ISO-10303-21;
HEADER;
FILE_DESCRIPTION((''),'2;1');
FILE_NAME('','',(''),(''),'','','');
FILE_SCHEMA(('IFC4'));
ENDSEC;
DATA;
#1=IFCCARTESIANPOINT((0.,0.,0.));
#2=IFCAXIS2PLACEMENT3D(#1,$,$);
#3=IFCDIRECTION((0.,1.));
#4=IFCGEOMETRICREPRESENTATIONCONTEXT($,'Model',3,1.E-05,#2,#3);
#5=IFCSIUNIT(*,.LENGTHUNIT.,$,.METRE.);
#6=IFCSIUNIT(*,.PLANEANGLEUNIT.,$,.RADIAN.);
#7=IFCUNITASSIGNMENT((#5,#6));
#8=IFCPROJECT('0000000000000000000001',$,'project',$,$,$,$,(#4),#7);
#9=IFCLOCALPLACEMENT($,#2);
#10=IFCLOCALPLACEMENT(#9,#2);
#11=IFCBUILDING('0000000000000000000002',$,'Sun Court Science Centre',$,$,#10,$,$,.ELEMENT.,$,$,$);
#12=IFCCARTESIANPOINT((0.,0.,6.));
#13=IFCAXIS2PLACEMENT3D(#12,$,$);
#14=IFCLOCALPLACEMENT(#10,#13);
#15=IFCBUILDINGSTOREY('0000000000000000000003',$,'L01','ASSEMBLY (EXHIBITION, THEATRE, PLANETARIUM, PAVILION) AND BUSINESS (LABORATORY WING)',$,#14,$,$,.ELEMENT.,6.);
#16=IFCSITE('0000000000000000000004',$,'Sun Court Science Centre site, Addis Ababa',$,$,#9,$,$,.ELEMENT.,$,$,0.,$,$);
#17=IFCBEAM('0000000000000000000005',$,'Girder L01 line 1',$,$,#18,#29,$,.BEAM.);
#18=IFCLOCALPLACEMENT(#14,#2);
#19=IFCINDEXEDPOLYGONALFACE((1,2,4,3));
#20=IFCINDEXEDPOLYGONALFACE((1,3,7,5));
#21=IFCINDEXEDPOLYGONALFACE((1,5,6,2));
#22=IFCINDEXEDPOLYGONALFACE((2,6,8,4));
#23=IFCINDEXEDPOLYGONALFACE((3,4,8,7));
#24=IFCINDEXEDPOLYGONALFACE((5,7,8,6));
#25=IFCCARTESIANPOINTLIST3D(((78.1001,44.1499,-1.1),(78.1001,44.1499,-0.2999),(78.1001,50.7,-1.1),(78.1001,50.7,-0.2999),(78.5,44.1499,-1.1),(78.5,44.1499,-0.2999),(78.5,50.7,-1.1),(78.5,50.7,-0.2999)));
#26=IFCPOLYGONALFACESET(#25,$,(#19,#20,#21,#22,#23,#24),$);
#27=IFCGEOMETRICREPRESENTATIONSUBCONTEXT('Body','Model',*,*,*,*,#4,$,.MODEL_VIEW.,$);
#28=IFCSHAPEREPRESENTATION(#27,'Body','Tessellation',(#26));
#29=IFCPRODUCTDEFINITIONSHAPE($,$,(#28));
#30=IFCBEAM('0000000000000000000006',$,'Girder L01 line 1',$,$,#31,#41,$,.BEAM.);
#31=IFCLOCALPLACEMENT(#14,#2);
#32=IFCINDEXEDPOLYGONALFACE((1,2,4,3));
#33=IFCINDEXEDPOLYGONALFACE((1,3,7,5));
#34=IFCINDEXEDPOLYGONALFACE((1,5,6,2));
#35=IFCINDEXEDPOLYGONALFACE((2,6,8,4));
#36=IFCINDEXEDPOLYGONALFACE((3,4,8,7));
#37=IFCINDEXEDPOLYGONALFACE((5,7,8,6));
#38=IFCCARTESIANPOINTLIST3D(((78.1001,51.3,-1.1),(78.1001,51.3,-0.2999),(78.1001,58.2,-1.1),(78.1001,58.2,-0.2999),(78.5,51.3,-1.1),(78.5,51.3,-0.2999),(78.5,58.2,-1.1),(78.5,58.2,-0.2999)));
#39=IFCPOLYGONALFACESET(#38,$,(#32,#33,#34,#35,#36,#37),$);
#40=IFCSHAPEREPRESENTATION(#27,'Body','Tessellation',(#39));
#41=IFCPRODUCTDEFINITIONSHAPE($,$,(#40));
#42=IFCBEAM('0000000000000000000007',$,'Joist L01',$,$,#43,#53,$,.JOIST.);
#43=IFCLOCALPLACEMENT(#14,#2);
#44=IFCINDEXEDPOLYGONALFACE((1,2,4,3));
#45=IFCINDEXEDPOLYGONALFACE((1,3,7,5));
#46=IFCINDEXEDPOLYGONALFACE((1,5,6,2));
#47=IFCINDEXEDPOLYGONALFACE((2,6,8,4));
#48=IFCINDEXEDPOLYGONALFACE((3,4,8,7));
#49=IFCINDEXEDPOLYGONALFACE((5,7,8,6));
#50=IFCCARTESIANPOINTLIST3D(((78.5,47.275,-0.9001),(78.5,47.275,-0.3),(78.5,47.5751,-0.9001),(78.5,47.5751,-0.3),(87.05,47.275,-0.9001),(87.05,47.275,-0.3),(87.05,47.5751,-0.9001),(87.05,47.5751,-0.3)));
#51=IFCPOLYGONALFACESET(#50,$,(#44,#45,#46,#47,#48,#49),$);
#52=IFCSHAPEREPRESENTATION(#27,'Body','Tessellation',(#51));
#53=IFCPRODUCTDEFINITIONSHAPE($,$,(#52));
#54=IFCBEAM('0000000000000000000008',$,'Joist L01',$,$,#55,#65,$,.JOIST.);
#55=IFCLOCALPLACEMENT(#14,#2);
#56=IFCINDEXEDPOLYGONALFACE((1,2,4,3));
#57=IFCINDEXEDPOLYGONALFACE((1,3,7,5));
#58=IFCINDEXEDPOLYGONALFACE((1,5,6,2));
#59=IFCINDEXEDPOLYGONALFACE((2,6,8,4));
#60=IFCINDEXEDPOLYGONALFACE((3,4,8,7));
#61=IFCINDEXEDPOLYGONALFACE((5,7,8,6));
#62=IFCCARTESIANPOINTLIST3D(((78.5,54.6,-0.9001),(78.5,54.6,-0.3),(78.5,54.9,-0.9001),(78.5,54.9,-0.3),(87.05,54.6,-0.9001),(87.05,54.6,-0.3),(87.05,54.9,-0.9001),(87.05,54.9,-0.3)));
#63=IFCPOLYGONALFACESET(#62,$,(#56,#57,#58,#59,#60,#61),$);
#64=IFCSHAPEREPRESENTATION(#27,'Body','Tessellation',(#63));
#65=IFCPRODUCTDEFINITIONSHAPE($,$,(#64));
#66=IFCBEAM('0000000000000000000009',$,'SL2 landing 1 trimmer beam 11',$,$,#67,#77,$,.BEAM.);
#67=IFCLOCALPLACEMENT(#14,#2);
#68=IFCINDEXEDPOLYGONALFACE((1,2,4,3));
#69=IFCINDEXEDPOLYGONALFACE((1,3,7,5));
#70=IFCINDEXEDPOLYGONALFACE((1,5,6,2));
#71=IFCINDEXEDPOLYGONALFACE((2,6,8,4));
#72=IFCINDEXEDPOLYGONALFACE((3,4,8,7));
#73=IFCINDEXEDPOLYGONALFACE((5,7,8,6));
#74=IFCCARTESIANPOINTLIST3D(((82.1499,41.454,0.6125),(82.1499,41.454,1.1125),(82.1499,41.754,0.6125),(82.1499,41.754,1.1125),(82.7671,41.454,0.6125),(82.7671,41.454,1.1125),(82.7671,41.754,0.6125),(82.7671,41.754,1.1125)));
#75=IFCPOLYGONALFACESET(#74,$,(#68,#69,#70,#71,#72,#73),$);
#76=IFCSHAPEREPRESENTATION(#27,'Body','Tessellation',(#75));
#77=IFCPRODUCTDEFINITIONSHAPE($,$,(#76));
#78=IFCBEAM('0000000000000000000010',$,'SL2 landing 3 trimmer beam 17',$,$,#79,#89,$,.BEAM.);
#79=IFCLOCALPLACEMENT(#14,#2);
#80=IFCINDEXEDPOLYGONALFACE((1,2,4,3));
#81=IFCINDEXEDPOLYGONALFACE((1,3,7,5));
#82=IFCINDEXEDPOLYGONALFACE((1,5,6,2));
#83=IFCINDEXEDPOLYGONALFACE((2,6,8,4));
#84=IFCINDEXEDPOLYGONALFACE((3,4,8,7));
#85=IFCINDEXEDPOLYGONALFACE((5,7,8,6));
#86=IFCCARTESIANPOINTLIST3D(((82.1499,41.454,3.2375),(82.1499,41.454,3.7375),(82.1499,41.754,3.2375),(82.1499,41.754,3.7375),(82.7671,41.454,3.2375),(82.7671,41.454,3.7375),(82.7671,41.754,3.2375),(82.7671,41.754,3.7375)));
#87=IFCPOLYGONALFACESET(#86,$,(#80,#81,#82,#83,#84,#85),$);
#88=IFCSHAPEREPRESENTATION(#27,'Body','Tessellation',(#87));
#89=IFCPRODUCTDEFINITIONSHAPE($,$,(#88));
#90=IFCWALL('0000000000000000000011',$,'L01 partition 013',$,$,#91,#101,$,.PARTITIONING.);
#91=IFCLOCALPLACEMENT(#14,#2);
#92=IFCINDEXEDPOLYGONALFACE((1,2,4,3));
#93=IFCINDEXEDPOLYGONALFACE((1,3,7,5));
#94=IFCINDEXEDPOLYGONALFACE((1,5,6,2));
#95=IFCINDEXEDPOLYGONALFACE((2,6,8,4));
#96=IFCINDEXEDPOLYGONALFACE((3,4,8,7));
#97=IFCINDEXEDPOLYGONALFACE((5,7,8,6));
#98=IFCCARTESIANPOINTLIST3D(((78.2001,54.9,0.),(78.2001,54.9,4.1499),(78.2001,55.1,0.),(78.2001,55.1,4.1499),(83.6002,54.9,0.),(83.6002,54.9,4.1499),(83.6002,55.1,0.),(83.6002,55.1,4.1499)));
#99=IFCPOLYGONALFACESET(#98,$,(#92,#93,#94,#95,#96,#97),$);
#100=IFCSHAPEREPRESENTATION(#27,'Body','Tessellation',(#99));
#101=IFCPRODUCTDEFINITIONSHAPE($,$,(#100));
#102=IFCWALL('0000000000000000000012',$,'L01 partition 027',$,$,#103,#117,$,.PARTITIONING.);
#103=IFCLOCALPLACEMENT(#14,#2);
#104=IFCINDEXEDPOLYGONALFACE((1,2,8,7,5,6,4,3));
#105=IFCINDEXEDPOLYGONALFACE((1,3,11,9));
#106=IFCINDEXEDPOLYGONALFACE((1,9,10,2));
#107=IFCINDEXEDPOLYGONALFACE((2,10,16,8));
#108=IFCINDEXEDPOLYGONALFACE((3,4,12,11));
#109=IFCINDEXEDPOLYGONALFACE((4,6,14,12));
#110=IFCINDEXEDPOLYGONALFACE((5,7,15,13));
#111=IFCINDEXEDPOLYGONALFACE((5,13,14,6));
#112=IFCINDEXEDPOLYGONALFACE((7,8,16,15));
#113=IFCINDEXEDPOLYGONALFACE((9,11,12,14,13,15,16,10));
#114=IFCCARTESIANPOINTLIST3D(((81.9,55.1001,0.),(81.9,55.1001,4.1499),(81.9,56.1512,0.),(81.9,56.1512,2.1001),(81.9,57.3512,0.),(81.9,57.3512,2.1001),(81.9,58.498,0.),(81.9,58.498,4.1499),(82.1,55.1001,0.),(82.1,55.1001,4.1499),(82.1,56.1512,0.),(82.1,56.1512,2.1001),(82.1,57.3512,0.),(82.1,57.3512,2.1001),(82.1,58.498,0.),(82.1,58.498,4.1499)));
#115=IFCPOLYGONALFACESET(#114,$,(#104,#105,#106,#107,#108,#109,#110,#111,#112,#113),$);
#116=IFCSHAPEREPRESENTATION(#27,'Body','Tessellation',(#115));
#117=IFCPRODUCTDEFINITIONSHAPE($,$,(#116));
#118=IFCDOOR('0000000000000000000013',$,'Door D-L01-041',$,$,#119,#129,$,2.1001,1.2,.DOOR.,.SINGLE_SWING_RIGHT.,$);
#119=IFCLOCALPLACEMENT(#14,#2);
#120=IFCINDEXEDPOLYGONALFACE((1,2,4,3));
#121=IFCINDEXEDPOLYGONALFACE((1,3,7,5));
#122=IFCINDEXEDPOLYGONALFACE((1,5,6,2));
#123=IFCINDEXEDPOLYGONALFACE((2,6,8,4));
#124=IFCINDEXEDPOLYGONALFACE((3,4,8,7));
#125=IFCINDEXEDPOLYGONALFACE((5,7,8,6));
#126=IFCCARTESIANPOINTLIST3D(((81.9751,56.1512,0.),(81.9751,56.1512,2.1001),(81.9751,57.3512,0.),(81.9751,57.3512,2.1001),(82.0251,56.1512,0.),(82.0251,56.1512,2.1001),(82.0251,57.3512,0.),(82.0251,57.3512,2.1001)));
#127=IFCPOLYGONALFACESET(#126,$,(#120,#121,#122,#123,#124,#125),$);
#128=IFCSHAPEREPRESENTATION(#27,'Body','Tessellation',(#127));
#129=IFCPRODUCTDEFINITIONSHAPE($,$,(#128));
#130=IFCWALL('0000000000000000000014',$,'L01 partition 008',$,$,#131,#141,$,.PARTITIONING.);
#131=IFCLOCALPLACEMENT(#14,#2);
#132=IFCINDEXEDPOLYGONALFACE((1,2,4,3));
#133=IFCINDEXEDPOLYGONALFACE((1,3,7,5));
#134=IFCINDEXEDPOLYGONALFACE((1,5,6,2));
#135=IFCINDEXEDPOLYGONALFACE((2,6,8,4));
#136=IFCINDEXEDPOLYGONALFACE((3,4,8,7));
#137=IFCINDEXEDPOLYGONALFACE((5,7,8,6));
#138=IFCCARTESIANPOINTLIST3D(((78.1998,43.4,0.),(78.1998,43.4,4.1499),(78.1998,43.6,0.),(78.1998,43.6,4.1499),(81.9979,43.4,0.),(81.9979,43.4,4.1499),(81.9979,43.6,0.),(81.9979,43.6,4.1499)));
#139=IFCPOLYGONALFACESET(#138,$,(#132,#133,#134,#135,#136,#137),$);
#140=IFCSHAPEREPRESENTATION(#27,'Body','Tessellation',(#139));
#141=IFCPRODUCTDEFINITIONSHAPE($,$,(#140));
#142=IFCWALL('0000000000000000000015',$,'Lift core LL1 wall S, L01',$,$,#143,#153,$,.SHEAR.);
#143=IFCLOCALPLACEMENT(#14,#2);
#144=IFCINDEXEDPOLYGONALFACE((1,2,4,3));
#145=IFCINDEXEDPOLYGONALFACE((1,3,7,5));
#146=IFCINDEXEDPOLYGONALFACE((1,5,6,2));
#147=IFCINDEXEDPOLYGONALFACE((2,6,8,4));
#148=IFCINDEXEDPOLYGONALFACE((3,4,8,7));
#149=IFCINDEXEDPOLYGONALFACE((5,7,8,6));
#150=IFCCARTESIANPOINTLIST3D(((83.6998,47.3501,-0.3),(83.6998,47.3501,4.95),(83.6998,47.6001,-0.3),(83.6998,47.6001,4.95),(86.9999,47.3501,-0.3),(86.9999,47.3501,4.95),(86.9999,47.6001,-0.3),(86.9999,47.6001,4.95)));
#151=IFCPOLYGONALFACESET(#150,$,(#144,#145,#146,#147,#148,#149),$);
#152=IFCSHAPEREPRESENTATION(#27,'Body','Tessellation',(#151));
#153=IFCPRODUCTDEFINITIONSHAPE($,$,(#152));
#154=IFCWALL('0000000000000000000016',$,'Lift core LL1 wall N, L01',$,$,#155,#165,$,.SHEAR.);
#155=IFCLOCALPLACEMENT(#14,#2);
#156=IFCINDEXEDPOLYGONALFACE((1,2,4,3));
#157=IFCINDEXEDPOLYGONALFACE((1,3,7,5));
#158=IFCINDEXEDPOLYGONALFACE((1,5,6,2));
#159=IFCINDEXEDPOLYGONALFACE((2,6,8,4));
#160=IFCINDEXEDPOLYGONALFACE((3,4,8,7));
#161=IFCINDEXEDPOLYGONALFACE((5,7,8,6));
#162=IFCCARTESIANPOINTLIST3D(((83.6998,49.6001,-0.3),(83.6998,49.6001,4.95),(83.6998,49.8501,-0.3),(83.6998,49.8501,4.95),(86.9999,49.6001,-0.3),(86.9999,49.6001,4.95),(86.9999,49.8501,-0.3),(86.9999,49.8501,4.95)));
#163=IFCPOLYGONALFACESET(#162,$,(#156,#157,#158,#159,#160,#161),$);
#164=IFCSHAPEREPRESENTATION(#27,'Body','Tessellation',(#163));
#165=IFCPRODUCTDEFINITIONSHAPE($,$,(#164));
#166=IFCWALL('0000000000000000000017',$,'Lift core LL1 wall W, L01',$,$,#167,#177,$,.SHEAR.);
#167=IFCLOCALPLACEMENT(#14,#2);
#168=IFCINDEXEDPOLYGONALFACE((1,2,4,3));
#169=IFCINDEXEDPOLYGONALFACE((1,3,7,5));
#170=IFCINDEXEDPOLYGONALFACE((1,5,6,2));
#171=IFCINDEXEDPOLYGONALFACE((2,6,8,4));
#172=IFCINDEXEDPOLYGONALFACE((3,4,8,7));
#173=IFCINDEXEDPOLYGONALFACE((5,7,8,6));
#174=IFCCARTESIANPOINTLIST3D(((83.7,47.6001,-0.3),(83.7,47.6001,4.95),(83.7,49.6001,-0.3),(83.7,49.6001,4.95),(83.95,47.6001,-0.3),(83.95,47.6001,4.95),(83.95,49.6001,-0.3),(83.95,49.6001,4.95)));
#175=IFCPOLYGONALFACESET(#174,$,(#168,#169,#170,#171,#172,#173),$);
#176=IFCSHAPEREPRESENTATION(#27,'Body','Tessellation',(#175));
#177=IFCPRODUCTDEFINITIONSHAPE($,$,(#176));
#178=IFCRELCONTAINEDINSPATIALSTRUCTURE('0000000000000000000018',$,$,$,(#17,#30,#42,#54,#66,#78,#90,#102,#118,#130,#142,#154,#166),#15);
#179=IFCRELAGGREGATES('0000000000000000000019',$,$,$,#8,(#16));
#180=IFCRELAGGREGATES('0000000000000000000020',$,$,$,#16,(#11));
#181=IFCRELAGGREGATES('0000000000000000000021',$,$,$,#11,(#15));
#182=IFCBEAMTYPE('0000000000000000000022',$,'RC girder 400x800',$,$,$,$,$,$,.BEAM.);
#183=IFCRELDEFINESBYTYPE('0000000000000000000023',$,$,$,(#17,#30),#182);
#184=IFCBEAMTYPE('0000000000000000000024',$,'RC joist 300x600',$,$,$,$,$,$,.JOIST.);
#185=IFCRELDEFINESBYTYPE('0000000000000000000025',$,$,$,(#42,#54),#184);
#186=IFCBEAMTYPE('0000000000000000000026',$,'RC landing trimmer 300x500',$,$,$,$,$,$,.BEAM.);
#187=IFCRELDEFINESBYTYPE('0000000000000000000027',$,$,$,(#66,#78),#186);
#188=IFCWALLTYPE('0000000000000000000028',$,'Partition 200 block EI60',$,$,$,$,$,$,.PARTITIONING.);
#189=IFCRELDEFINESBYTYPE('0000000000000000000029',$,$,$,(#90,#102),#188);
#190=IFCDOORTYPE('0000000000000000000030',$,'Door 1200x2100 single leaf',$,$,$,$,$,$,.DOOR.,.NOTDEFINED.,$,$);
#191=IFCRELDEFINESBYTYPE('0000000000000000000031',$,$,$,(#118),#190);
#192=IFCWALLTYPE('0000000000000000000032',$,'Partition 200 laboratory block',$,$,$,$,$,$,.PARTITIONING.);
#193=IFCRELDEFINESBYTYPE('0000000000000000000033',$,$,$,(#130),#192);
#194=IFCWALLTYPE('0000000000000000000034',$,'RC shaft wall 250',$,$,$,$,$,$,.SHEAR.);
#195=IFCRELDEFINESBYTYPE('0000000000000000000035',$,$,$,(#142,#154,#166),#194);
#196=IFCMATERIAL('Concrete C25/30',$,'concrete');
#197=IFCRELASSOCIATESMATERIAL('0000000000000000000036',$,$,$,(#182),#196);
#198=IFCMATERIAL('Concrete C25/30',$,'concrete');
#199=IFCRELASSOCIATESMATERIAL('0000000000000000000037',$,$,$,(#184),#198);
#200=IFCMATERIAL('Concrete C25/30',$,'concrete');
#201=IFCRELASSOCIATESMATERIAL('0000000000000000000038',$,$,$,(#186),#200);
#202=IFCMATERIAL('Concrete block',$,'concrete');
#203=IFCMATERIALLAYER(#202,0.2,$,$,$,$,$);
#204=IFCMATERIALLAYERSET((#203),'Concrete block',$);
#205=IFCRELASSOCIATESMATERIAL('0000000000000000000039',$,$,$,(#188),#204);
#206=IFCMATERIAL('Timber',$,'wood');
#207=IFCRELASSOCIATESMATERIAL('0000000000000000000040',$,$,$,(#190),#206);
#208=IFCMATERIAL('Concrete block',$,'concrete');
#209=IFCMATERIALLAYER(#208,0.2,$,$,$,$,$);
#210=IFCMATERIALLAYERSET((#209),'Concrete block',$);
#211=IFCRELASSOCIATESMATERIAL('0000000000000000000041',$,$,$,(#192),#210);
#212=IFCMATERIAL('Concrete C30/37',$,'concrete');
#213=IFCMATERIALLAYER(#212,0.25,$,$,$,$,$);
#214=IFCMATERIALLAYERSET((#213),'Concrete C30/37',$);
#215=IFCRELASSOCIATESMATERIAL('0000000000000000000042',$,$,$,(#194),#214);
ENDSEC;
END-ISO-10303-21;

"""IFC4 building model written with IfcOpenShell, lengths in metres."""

from ifc_helpers import new_model, si_unit, direction, frame, frame_2d, origin, origin_2d, place, context, subcontext, project, spatial, rectangle, extrude, material, layer, layer_set, material_profile, profile_set, type_object, element, fill, save


model = new_model("IFC4")

# Units and contexts
model_context = context("Model", 3, precision=1e-05, world=origin(), true_north=direction((0.0, 1.0)))
body_context = subcontext(model_context, "Body", "Model", "MODEL_VIEW")
ifc_project = project(units=[si_unit("LENGTHUNIT", "METRE"), si_unit("PLANEANGLEUNIT", "RADIAN")], contexts=[model_context])

# Site, building, storey
site_placement = place(None, origin())
site = spatial("IfcSite", under=ifc_project, at=site_placement, Name="Sun Court Science Centre site, Addis Ababa", CompositionType="ELEMENT", RefElevation=0.0)
building_placement = place(site_placement, origin())
building = spatial("IfcBuilding", under=site, at=building_placement, Name="Sun Court Science Centre", CompositionType="ELEMENT")
storey_placement = place(building_placement, frame((0.0, 0.0, 6.0)))
storey = spatial("IfcBuildingStorey", under=building, at=storey_placement, Name="L01", Description="ASSEMBLY (EXHIBITION, THEATRE, PLANETARIUM, PAVILION) AND BUSINESS (LABORATORY WING)", CompositionType="ELEMENT", Elevation=6.0)

# Beams
ifc_material_1 = material(Name="Concrete C25/30", Category="concrete")
ifc_material_profile_1 = material_profile(ifc_material_1, rectangle(XDim=0.3999, YDim=0.8, at=origin_2d()), Name="RC 400x800")
ifc_profile_set_1 = profile_set([ifc_material_profile_1], Name="Concrete C25/30")
beam_type_1 = type_object("IfcBeamType", Name="RC girder 400x800", PredefinedType="BEAM", material=ifc_profile_set_1)
beam_1_placement = place(storey_placement, frame((78.3, 44.1499, -0.7), z_axis=(0.0, 1.0, 0.0), x_axis=(-1.0, 0.0, 0.0)))
element("IfcBeam", 1, at=beam_1_placement, inside=storey, type_object=beam_type_1, Name="Girder L01 line 1", PredefinedType="BEAM", context=body_context, shape_type="SweptSolid", body=[
    extrude(rectangle(XDim=0.3999, YDim=0.8, at=origin_2d()), origin(), (0.0, 0.0, 1.0), 6.55),
])
beam_2_placement = place(storey_placement, frame((78.3, 51.3, -0.7), z_axis=(0.0, 1.0, 0.0), x_axis=(-1.0, 0.0, 0.0)))
element("IfcBeam", 2, at=beam_2_placement, inside=storey, type_object=beam_type_1, Name="Girder L01 line 1", PredefinedType="BEAM", context=body_context, shape_type="SweptSolid", body=[
    extrude(rectangle(XDim=0.3999, YDim=0.8, at=origin_2d()), origin(), (0.0, 0.0, 1.0), 6.8999),
])
ifc_material_2 = material(Name="Concrete C25/30", Category="concrete")
ifc_material_profile_2 = material_profile(ifc_material_2, rectangle(XDim=0.3, YDim=0.6001, at=origin_2d()), Name="RC 300x600")
ifc_profile_set_2 = profile_set([ifc_material_profile_2], Name="Concrete C25/30")
beam_type_2 = type_object("IfcBeamType", Name="RC joist 300x600", PredefinedType="JOIST", material=ifc_profile_set_2)
for number, where, z_axis, x_axis, name in (
    (3, (78.5, 47.425, -0.6001), (1.0, 0.0, 0.0), (0.0, 1.0, 0.0), "Joist L01"),
    (4, (78.5, 54.75, -0.6001), (1.0, 0.0, 0.0), (0.0, 1.0, 0.0), "Joist L01"),
):
    element("IfcBeam", number, at=place(storey_placement, frame(where, z_axis=z_axis, x_axis=x_axis)), inside=storey, type_object=beam_type_2, Name=name, PredefinedType="JOIST", context=body_context, shape_type="SweptSolid", body=[
        extrude(rectangle(XDim=0.3, YDim=0.6001, at=origin_2d()), origin(), (0.0, 0.0, 1.0), 8.55),
    ])
ifc_material_3 = material(Name="Concrete C25/30", Category="concrete")
ifc_material_profile_3 = material_profile(ifc_material_3, rectangle(XDim=0.3, YDim=0.5, at=origin_2d()), Name="RC 300x500")
ifc_profile_set_3 = profile_set([ifc_material_profile_3], Name="Concrete C25/30")
beam_type_3 = type_object("IfcBeamType", Name="RC landing trimmer 300x500", PredefinedType="BEAM", material=ifc_profile_set_3)
for number, where, z_axis, x_axis, name in (
    (5, (82.1499, 41.604, 0.8625), (1.0, 0.0, 0.0), (0.0, 1.0, 0.0), "SL2 landing 1 trimmer beam 11"),
    (6, (82.1499, 41.604, 3.4875), (1.0, 0.0, 0.0), (0.0, 1.0, 0.0), "SL2 landing 3 trimmer beam 17"),
):
    element("IfcBeam", number, at=place(storey_placement, frame(where, z_axis=z_axis, x_axis=x_axis)), inside=storey, type_object=beam_type_3, Name=name, PredefinedType="BEAM", context=body_context, shape_type="SweptSolid", body=[
        extrude(rectangle(XDim=0.3, YDim=0.5, at=origin_2d()), origin(), (0.0, 0.0, 1.0), 0.6172),
    ])

# Wall
ifc_material_4 = material(Name="Concrete block", Category="concrete")
ifc_layer_1 = layer(ifc_material_4, 0.2)
ifc_layer_set_1 = layer_set([ifc_layer_1], Name="Concrete block")
wall_type_1 = type_object("IfcWallType", Name="Partition 200 block EI60", PredefinedType="PARTITIONING", material=ifc_layer_set_1)
wall_1_placement = place(storey_placement, frame((78.2, 55.0, 0.0), z_axis=(0.0, 0.0, 1.0), x_axis=(1.0, 0.0, 0.0)))
element("IfcWall", 7, at=wall_1_placement, inside=storey, type_object=wall_type_1, Name="L01 partition 013", PredefinedType="PARTITIONING", context=body_context, shape_type="SweptSolid", body=[
    extrude(rectangle(XDim=5.4001, YDim=0.2, at=frame_2d((2.7002, 0.0))), origin(), (0.0, 0.0, 1.0), 4.1499),
])

# Wall, opening, door
wall_2_placement = place(storey_placement, frame((82.0, 55.1001, 0.0), z_axis=(0.0, 0.0, 1.0), x_axis=(0.0, 1.0, 0.0)))
wall_2 = element("IfcWall", 8, at=wall_2_placement, inside=storey, type_object=wall_type_1, Name="L01 partition 027", PredefinedType="PARTITIONING", context=body_context, shape_type="SweptSolid", body=[
    extrude(rectangle(XDim=3.3979, YDim=0.2, at=frame_2d((1.699, 0.0))), origin(), (0.0, 0.0, 1.0), 4.1499),
])
opening_placement = place(wall_2_placement, frame((1.051, 0.0, 0.0)))
opening = element("IfcOpeningElement", 9, at=opening_placement, cuts=wall_2, PredefinedType="OPENING", context=body_context, shape_type="SweptSolid", body=[
    extrude(rectangle(XDim=1.2, YDim=2.1001, at=frame_2d((0.6001, 1.05))), frame((0.0, 0.1099, 0.0), z_axis=(0.0, -1.0, 0.0), x_axis=(1.0, 0.0, 0.0)), (0.0, 0.0, 1.0), 0.22),
])
ifc_material_5 = material(Name="Timber", Category="wood")
door_type = type_object("IfcDoorType", Name="Door 1200x2100 single leaf", OperationType="NOTDEFINED", PredefinedType="DOOR", material=ifc_material_5)
door_placement = place(opening_placement, origin())
door = element("IfcDoor", 10, at=door_placement, inside=storey, type_object=door_type, Name="Door D-L01-041", OperationType="SINGLE_SWING_RIGHT", OverallHeight=2.1001, OverallWidth=1.2, PredefinedType="DOOR", context=body_context, shape_type="SweptSolid", body=[
    extrude(rectangle(XDim=1.2, YDim=2.1001, at=frame_2d((0.6001, 1.05))), frame((0.0, 0.0249, 0.0), z_axis=(0.0, -1.0, 0.0), x_axis=(1.0, 0.0, 0.0)), (0.0, 0.0, 1.0), 0.05),
])
fill(opening, door)

# Walls
ifc_material_6 = material(Name="Concrete block", Category="concrete")
ifc_layer_2 = layer(ifc_material_6, 0.2)
ifc_layer_set_2 = layer_set([ifc_layer_2], Name="Concrete block")
wall_type_2 = type_object("IfcWallType", Name="Partition 200 laboratory block", PredefinedType="PARTITIONING", material=ifc_layer_set_2)
wall_3_placement = place(storey_placement, frame((78.2, 43.5, 0.0), z_axis=(0.0, 0.0, 1.0), x_axis=(1.0, 0.0, 0.0)))
element("IfcWall", 11, at=wall_3_placement, inside=storey, type_object=wall_type_2, Name="L01 partition 008", PredefinedType="PARTITIONING", context=body_context, shape_type="SweptSolid", body=[
    extrude(rectangle(XDim=3.7981, YDim=0.2, at=frame_2d((1.8989, 0.0))), origin(), (0.0, 0.0, 1.0), 4.1499),
])
ifc_material_7 = material(Name="Concrete C30/37", Category="concrete")
ifc_layer_3 = layer(ifc_material_7, 0.25)
ifc_layer_set_3 = layer_set([ifc_layer_3], Name="Concrete C30/37")
wall_type_3 = type_object("IfcWallType", Name="RC shaft wall 250", PredefinedType="SHEAR", material=ifc_layer_set_3)
for number, where, z_axis, x_axis, name in (
    (12, (83.7, 47.4751, -0.3), (0.0, 0.0, 1.0), (1.0, 0.0, 0.0), "Lift core LL1 wall S, L01"),
    (13, (83.7, 49.7251, -0.3), (0.0, 0.0, 1.0), (1.0, 0.0, 0.0), "Lift core LL1 wall N, L01"),
):
    element("IfcWall", number, at=place(storey_placement, frame(where, z_axis=z_axis, x_axis=x_axis)), inside=storey, type_object=wall_type_3, Name=name, PredefinedType="SHEAR", context=body_context, shape_type="SweptSolid", body=[
        extrude(rectangle(XDim=3.3, YDim=0.25, at=frame_2d((1.6499, 0.0))), origin(), (0.0, 0.0, 1.0), 5.25),
    ])
wall_4_placement = place(storey_placement, frame((83.825, 47.6001, -0.3), z_axis=(0.0, 0.0, 1.0), x_axis=(0.0, 1.0, 0.0)))
element("IfcWall", 14, at=wall_4_placement, inside=storey, type_object=wall_type_3, Name="Lift core LL1 wall W, L01", PredefinedType="SHEAR", context=body_context, shape_type="SweptSolid", body=[
    extrude(rectangle(XDim=2.0, YDim=0.25, at=frame_2d((1.0, 0.0))), origin(), (0.0, 0.0, 1.0), 5.25),
])

save(model, "model.ifc")
